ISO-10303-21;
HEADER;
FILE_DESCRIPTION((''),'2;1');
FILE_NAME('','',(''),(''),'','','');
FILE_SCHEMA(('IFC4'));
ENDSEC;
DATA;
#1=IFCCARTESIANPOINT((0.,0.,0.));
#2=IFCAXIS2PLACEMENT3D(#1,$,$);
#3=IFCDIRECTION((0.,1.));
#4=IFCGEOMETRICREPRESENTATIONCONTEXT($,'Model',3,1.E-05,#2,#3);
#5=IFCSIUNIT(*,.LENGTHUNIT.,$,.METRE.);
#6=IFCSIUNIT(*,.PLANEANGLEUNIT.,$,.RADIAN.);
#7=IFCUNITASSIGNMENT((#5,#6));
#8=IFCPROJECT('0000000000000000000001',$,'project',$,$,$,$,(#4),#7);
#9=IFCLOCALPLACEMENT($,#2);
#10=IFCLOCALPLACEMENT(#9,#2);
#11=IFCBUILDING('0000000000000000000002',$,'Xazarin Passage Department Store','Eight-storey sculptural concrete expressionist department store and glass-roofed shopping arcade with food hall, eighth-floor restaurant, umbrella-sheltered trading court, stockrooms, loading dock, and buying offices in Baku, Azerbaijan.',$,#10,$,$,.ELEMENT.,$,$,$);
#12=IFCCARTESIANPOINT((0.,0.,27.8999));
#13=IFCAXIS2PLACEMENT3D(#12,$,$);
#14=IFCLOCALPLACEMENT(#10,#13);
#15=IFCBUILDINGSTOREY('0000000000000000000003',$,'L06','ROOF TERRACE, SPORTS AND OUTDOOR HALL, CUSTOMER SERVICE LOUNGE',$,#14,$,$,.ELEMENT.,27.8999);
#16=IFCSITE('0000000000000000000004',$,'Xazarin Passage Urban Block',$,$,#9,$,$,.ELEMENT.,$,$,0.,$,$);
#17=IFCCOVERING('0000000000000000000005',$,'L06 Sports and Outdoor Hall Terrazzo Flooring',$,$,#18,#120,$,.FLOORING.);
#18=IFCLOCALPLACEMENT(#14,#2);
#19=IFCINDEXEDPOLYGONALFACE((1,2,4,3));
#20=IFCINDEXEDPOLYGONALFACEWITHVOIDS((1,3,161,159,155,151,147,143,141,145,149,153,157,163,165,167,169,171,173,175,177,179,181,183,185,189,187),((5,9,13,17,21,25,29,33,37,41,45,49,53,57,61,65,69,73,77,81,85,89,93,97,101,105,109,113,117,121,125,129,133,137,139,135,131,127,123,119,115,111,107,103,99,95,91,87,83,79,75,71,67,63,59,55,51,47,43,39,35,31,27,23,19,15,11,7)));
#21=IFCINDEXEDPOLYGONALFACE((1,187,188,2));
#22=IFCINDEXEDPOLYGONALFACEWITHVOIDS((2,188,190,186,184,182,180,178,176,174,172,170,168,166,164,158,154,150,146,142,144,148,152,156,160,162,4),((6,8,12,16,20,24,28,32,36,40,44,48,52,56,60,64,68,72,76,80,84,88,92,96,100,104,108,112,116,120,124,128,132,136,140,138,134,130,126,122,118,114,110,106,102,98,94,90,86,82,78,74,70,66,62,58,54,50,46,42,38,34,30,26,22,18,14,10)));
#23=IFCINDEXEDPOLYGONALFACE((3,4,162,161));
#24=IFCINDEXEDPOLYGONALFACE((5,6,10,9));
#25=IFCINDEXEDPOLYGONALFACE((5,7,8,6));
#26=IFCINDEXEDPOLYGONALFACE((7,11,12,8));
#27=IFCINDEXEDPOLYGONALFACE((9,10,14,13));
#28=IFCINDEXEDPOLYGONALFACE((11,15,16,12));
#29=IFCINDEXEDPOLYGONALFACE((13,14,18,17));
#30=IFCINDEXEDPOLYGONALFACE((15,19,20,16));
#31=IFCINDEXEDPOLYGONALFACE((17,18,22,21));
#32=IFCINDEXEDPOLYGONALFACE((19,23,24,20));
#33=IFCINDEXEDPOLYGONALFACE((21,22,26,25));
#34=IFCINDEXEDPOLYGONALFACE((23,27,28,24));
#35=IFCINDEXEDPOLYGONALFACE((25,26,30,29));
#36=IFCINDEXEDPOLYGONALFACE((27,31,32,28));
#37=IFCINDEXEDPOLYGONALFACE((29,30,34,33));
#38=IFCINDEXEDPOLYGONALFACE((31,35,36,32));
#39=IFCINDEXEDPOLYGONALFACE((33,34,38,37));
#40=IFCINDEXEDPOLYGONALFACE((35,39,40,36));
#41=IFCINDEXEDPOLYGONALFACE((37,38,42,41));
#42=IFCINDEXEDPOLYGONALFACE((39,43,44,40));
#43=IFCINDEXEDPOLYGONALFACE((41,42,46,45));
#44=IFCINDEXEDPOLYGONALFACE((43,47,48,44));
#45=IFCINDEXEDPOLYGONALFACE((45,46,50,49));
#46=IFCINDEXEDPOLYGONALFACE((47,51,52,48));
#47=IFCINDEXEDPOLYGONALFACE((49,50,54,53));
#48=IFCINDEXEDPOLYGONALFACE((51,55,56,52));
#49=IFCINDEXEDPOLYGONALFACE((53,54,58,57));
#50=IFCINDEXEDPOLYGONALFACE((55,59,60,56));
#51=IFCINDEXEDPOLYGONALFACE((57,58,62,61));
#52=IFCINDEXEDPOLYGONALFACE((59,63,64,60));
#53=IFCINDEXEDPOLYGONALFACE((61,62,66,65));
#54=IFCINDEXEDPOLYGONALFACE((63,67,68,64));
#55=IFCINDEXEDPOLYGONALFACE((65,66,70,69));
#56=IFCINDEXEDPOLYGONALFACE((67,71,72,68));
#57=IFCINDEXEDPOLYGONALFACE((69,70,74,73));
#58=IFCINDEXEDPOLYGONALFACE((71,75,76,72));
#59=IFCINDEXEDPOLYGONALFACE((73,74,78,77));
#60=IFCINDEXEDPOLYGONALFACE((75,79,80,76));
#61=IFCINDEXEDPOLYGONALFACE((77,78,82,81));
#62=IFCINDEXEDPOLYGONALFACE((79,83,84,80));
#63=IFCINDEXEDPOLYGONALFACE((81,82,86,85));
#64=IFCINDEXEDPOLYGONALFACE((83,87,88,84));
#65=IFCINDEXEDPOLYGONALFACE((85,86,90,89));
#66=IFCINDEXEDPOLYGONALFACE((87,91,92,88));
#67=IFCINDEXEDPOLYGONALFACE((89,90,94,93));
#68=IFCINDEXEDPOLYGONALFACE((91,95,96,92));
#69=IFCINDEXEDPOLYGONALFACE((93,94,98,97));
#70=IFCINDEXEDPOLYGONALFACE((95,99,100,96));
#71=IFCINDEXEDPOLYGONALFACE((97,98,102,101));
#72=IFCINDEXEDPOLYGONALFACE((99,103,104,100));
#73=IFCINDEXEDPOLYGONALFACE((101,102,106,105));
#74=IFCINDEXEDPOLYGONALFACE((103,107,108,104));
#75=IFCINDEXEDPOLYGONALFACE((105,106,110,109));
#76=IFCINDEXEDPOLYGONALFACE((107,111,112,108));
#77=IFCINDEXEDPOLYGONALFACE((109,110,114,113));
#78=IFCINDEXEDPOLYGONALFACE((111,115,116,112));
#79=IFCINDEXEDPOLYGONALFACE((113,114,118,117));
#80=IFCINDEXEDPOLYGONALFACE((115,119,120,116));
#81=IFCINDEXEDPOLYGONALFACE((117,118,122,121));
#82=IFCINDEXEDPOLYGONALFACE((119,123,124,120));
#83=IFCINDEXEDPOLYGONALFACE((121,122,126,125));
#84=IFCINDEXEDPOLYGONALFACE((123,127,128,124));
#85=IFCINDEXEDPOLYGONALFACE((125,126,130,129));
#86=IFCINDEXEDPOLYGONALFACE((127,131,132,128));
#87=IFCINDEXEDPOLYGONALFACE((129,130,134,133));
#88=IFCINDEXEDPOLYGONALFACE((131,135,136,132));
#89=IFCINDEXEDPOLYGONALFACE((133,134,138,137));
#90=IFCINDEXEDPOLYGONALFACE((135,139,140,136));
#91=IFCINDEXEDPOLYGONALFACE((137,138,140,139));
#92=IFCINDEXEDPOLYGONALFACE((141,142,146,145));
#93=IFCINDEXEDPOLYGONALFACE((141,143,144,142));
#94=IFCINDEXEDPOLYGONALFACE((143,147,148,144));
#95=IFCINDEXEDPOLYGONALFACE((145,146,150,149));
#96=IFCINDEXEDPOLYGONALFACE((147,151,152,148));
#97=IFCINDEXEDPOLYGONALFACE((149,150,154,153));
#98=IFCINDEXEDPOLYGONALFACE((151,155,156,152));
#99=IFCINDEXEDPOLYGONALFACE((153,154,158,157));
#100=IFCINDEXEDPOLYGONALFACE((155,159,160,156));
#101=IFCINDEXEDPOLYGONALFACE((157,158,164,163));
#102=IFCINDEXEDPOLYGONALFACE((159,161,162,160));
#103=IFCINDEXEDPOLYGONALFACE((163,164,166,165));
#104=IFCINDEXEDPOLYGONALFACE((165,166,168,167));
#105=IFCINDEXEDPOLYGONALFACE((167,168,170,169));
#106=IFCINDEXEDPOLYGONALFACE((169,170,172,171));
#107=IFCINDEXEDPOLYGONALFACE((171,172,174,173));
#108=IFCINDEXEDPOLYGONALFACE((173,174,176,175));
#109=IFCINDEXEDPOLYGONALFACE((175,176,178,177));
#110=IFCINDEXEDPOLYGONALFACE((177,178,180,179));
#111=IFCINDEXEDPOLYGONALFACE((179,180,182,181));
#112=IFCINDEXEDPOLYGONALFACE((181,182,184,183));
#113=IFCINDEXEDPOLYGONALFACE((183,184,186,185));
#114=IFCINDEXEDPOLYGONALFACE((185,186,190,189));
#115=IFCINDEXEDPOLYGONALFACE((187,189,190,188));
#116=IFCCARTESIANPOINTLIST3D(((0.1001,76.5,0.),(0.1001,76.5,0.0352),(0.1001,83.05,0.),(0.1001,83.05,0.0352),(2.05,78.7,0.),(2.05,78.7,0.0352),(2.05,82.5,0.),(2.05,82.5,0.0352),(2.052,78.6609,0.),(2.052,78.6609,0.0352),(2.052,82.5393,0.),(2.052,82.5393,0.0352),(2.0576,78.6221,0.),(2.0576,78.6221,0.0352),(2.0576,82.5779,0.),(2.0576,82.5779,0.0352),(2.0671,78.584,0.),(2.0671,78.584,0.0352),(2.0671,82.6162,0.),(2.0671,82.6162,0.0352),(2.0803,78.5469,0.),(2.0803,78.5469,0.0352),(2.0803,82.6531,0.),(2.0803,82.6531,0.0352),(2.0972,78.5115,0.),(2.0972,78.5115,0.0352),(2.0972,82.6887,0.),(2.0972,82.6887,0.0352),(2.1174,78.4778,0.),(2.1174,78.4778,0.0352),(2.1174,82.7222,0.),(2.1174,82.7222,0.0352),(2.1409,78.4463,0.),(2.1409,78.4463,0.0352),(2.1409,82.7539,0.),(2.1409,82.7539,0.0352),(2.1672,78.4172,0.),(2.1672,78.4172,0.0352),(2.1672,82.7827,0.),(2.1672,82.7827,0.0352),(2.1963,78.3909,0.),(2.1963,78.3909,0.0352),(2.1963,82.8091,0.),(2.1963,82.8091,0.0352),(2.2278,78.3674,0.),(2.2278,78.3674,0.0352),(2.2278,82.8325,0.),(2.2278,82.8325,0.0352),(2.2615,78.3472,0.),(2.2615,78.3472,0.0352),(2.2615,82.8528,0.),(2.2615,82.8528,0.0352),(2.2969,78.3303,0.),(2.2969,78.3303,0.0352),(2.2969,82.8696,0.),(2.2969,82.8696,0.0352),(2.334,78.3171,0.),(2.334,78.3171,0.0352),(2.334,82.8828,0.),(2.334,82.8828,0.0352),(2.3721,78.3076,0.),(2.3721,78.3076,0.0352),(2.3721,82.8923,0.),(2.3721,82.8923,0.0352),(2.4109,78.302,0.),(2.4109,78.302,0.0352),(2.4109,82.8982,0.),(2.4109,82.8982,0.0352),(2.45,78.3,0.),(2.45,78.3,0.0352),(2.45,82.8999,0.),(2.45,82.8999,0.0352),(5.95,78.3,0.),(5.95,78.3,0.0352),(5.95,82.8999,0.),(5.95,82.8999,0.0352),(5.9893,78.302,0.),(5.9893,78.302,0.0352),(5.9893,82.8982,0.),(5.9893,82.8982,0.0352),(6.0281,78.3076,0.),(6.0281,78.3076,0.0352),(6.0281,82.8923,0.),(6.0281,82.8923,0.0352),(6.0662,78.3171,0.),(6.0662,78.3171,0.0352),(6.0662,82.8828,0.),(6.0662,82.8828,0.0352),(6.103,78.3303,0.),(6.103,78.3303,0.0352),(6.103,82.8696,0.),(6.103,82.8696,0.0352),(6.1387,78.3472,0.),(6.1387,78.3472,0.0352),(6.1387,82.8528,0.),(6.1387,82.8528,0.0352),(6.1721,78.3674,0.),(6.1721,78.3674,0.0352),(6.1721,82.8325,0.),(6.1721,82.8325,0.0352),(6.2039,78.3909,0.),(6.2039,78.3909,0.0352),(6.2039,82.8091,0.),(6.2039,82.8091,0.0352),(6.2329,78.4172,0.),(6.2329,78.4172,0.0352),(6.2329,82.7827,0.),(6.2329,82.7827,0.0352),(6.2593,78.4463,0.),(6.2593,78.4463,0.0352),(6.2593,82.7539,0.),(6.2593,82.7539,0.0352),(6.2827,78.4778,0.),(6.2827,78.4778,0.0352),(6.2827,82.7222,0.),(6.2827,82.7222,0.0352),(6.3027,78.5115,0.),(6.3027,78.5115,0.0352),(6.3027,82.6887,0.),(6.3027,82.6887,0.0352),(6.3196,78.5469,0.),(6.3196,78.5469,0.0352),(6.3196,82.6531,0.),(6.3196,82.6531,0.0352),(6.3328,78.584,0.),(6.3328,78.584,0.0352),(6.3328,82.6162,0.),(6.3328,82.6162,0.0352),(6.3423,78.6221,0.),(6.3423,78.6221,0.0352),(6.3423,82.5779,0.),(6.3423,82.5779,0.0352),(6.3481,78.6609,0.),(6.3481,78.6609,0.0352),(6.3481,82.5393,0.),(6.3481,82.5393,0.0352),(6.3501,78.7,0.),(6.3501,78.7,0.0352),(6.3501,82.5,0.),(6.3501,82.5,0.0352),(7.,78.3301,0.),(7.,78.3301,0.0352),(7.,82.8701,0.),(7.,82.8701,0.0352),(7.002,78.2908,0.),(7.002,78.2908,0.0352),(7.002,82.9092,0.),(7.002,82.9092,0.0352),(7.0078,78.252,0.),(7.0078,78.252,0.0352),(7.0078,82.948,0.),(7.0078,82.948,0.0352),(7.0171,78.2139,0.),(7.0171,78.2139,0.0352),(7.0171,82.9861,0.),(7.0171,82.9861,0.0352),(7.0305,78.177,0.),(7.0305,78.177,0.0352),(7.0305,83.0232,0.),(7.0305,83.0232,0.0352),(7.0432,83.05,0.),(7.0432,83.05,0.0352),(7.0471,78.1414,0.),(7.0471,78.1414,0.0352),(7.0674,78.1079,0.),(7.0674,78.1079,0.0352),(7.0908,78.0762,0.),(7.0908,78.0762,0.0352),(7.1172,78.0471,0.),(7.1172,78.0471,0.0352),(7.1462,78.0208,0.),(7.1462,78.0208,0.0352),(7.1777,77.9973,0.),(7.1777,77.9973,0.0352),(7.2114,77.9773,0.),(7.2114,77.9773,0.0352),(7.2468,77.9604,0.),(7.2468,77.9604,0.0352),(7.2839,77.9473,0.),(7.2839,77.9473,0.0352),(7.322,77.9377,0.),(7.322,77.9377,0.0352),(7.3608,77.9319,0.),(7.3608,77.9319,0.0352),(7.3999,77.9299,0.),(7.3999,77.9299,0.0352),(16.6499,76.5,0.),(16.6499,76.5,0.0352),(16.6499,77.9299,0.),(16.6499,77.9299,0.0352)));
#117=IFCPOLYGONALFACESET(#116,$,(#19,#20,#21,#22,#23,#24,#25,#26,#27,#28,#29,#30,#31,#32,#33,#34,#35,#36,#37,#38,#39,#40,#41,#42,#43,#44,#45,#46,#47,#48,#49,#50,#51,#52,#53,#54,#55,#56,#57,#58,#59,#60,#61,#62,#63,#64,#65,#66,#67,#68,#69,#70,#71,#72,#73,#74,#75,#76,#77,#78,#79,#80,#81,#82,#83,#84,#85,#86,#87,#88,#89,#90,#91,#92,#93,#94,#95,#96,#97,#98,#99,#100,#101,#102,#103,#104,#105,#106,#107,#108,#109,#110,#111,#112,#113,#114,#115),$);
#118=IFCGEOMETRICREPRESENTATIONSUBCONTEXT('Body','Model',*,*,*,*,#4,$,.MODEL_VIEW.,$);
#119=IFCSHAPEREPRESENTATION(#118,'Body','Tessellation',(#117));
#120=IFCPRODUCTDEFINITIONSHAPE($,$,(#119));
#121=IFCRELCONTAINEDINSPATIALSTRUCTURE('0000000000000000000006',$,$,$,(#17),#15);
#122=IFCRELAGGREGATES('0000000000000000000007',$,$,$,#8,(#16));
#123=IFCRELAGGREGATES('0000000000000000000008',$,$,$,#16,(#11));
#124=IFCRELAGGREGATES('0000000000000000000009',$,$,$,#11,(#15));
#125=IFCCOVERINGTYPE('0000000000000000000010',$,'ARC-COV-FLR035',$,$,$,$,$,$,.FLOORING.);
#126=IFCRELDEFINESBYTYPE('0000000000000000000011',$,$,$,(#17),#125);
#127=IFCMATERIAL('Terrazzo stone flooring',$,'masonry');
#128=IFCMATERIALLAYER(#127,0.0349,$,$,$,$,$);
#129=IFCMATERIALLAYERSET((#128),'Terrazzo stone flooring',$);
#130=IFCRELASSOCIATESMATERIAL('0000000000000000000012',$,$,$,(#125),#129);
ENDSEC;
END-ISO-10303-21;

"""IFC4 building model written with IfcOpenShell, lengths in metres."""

from ifc_helpers import new_model, si_unit, direction, frame, origin, place, context, subcontext, project, spatial, polyline, outline, extrude, material, layer, layer_set, type_object, element, save


model = new_model("IFC4")

# Units and contexts
model_context = context("Model", 3, precision=1e-05, world=origin(), true_north=direction((0.0, 1.0)))
body_context = subcontext(model_context, "Body", "Model", "MODEL_VIEW")
ifc_project = project(units=[si_unit("LENGTHUNIT", "METRE"), si_unit("PLANEANGLEUNIT", "RADIAN")], contexts=[model_context])

# Site, building, storey
site_placement = place(None, origin())
site = spatial("IfcSite", under=ifc_project, at=site_placement, Name="Xazarin Passage Urban Block", CompositionType="ELEMENT", RefElevation=0.0)
building_placement = place(site_placement, origin())
building = spatial("IfcBuilding", under=site, at=building_placement, Name="Xazarin Passage Department Store", Description="Eight-storey sculptural concrete expressionist department store and glass-roofed shopping arcade with food hall, eighth-floor restaurant, umbrella-sheltered trading court, stockrooms, loading dock, and buying offices in Baku, Azerbaijan.", CompositionType="ELEMENT")
storey_placement = place(building_placement, frame((0.0, 0.0, 27.8999)))
storey = spatial("IfcBuildingStorey", under=building, at=storey_placement, Name="L06", Description="ROOF TERRACE, SPORTS AND OUTDOOR HALL, CUSTOMER SERVICE LOUNGE", CompositionType="ELEMENT", Elevation=27.8999)

# Covering
ifc_material_1 = material(Name="Terrazzo stone flooring", Category="masonry")
ifc_layer_1 = layer(ifc_material_1, 0.0349)
ifc_layer_set_1 = layer_set([ifc_layer_1], Name="Terrazzo stone flooring")
covering_type_1 = type_object("IfcCoveringType", Name="ARC-COV-FLR035", PredefinedType="FLOORING", material=ifc_layer_set_1)
covering_1_placement = place(storey_placement, origin())
element("IfcCovering", 1, at=covering_1_placement, inside=storey, type_object=covering_type_1, Name="L06 Sports and Outdoor Hall Terrazzo Flooring", PredefinedType="FLOORING", context=body_context, shape_type="SweptSolid", body=[
    extrude(outline(polyline([(16.6499, 77.9299), (7.3999, 77.9299), (7.3608, 77.9319), (7.322, 77.9377), (7.2839, 77.9473), (7.2468, 77.9604), (7.2114, 77.9773), (7.1777, 77.9973), (7.1462, 78.0208), (7.1172, 78.0471), (7.0908, 78.0762), (7.0674, 78.1079), (7.0471, 78.1414), (7.0305, 78.177), (7.0171, 78.2139), (7.0078, 78.252), (7.002, 78.2908), (7.0, 78.3301), (7.0, 82.8701), (7.002, 82.9092), (7.0078, 82.948), (7.0171, 82.9861), (7.0305, 83.0232), (7.0432, 83.05), (0.1001, 83.05), (0.1001, 76.5), (16.6499, 76.5), (16.6499, 77.9299)]), holes=[polyline([(2.45, 78.3), (2.4109, 78.302), (2.3721, 78.3076), (2.334, 78.3171), (2.2969, 78.3303), (2.2615, 78.3472), (2.2278, 78.3674), (2.1963, 78.3909), (2.1672, 78.4172), (2.1409, 78.4463), (2.1174, 78.4778), (2.0972, 78.5115), (2.0803, 78.5469), (2.0671, 78.584), (2.0576, 78.6221), (2.052, 78.6609), (2.05, 78.7), (2.05, 82.5), (2.052, 82.5393), (2.0576, 82.5779), (2.0671, 82.6162), (2.0803, 82.6531), (2.0972, 82.6887), (2.1174, 82.7222), (2.1409, 82.7539), (2.1672, 82.7827), (2.1963, 82.8091), (2.2278, 82.8325), (2.2615, 82.8528), (2.2969, 82.8696), (2.334, 82.8828), (2.3721, 82.8923), (2.4109, 82.8982), (2.45, 82.8999), (5.95, 82.8999), (5.9893, 82.8982), (6.0281, 82.8923), (6.0662, 82.8828), (6.103, 82.8696), (6.1387, 82.8528), (6.1721, 82.8325), (6.2039, 82.8091), (6.2329, 82.7827), (6.2593, 82.7539), (6.2827, 82.7222), (6.3027, 82.6887), (6.3196, 82.6531), (6.3328, 82.6162), (6.3423, 82.5779), (6.3481, 82.5393), (6.3501, 82.5), (6.3501, 78.7), (6.3481, 78.6609), (6.3423, 78.6221), (6.3328, 78.584), (6.3196, 78.5469), (6.3027, 78.5115), (6.2827, 78.4778), (6.2593, 78.4463), (6.2329, 78.4172), (6.2039, 78.3909), (6.1721, 78.3674), (6.1387, 78.3472), (6.103, 78.3303), (6.0662, 78.3171), (6.0281, 78.3076), (5.9893, 78.302), (5.95, 78.3), (2.45, 78.3)])]), origin(), (0.0, 0.0, 1.0), 0.0352),
])

save(model, "model.ifc")
